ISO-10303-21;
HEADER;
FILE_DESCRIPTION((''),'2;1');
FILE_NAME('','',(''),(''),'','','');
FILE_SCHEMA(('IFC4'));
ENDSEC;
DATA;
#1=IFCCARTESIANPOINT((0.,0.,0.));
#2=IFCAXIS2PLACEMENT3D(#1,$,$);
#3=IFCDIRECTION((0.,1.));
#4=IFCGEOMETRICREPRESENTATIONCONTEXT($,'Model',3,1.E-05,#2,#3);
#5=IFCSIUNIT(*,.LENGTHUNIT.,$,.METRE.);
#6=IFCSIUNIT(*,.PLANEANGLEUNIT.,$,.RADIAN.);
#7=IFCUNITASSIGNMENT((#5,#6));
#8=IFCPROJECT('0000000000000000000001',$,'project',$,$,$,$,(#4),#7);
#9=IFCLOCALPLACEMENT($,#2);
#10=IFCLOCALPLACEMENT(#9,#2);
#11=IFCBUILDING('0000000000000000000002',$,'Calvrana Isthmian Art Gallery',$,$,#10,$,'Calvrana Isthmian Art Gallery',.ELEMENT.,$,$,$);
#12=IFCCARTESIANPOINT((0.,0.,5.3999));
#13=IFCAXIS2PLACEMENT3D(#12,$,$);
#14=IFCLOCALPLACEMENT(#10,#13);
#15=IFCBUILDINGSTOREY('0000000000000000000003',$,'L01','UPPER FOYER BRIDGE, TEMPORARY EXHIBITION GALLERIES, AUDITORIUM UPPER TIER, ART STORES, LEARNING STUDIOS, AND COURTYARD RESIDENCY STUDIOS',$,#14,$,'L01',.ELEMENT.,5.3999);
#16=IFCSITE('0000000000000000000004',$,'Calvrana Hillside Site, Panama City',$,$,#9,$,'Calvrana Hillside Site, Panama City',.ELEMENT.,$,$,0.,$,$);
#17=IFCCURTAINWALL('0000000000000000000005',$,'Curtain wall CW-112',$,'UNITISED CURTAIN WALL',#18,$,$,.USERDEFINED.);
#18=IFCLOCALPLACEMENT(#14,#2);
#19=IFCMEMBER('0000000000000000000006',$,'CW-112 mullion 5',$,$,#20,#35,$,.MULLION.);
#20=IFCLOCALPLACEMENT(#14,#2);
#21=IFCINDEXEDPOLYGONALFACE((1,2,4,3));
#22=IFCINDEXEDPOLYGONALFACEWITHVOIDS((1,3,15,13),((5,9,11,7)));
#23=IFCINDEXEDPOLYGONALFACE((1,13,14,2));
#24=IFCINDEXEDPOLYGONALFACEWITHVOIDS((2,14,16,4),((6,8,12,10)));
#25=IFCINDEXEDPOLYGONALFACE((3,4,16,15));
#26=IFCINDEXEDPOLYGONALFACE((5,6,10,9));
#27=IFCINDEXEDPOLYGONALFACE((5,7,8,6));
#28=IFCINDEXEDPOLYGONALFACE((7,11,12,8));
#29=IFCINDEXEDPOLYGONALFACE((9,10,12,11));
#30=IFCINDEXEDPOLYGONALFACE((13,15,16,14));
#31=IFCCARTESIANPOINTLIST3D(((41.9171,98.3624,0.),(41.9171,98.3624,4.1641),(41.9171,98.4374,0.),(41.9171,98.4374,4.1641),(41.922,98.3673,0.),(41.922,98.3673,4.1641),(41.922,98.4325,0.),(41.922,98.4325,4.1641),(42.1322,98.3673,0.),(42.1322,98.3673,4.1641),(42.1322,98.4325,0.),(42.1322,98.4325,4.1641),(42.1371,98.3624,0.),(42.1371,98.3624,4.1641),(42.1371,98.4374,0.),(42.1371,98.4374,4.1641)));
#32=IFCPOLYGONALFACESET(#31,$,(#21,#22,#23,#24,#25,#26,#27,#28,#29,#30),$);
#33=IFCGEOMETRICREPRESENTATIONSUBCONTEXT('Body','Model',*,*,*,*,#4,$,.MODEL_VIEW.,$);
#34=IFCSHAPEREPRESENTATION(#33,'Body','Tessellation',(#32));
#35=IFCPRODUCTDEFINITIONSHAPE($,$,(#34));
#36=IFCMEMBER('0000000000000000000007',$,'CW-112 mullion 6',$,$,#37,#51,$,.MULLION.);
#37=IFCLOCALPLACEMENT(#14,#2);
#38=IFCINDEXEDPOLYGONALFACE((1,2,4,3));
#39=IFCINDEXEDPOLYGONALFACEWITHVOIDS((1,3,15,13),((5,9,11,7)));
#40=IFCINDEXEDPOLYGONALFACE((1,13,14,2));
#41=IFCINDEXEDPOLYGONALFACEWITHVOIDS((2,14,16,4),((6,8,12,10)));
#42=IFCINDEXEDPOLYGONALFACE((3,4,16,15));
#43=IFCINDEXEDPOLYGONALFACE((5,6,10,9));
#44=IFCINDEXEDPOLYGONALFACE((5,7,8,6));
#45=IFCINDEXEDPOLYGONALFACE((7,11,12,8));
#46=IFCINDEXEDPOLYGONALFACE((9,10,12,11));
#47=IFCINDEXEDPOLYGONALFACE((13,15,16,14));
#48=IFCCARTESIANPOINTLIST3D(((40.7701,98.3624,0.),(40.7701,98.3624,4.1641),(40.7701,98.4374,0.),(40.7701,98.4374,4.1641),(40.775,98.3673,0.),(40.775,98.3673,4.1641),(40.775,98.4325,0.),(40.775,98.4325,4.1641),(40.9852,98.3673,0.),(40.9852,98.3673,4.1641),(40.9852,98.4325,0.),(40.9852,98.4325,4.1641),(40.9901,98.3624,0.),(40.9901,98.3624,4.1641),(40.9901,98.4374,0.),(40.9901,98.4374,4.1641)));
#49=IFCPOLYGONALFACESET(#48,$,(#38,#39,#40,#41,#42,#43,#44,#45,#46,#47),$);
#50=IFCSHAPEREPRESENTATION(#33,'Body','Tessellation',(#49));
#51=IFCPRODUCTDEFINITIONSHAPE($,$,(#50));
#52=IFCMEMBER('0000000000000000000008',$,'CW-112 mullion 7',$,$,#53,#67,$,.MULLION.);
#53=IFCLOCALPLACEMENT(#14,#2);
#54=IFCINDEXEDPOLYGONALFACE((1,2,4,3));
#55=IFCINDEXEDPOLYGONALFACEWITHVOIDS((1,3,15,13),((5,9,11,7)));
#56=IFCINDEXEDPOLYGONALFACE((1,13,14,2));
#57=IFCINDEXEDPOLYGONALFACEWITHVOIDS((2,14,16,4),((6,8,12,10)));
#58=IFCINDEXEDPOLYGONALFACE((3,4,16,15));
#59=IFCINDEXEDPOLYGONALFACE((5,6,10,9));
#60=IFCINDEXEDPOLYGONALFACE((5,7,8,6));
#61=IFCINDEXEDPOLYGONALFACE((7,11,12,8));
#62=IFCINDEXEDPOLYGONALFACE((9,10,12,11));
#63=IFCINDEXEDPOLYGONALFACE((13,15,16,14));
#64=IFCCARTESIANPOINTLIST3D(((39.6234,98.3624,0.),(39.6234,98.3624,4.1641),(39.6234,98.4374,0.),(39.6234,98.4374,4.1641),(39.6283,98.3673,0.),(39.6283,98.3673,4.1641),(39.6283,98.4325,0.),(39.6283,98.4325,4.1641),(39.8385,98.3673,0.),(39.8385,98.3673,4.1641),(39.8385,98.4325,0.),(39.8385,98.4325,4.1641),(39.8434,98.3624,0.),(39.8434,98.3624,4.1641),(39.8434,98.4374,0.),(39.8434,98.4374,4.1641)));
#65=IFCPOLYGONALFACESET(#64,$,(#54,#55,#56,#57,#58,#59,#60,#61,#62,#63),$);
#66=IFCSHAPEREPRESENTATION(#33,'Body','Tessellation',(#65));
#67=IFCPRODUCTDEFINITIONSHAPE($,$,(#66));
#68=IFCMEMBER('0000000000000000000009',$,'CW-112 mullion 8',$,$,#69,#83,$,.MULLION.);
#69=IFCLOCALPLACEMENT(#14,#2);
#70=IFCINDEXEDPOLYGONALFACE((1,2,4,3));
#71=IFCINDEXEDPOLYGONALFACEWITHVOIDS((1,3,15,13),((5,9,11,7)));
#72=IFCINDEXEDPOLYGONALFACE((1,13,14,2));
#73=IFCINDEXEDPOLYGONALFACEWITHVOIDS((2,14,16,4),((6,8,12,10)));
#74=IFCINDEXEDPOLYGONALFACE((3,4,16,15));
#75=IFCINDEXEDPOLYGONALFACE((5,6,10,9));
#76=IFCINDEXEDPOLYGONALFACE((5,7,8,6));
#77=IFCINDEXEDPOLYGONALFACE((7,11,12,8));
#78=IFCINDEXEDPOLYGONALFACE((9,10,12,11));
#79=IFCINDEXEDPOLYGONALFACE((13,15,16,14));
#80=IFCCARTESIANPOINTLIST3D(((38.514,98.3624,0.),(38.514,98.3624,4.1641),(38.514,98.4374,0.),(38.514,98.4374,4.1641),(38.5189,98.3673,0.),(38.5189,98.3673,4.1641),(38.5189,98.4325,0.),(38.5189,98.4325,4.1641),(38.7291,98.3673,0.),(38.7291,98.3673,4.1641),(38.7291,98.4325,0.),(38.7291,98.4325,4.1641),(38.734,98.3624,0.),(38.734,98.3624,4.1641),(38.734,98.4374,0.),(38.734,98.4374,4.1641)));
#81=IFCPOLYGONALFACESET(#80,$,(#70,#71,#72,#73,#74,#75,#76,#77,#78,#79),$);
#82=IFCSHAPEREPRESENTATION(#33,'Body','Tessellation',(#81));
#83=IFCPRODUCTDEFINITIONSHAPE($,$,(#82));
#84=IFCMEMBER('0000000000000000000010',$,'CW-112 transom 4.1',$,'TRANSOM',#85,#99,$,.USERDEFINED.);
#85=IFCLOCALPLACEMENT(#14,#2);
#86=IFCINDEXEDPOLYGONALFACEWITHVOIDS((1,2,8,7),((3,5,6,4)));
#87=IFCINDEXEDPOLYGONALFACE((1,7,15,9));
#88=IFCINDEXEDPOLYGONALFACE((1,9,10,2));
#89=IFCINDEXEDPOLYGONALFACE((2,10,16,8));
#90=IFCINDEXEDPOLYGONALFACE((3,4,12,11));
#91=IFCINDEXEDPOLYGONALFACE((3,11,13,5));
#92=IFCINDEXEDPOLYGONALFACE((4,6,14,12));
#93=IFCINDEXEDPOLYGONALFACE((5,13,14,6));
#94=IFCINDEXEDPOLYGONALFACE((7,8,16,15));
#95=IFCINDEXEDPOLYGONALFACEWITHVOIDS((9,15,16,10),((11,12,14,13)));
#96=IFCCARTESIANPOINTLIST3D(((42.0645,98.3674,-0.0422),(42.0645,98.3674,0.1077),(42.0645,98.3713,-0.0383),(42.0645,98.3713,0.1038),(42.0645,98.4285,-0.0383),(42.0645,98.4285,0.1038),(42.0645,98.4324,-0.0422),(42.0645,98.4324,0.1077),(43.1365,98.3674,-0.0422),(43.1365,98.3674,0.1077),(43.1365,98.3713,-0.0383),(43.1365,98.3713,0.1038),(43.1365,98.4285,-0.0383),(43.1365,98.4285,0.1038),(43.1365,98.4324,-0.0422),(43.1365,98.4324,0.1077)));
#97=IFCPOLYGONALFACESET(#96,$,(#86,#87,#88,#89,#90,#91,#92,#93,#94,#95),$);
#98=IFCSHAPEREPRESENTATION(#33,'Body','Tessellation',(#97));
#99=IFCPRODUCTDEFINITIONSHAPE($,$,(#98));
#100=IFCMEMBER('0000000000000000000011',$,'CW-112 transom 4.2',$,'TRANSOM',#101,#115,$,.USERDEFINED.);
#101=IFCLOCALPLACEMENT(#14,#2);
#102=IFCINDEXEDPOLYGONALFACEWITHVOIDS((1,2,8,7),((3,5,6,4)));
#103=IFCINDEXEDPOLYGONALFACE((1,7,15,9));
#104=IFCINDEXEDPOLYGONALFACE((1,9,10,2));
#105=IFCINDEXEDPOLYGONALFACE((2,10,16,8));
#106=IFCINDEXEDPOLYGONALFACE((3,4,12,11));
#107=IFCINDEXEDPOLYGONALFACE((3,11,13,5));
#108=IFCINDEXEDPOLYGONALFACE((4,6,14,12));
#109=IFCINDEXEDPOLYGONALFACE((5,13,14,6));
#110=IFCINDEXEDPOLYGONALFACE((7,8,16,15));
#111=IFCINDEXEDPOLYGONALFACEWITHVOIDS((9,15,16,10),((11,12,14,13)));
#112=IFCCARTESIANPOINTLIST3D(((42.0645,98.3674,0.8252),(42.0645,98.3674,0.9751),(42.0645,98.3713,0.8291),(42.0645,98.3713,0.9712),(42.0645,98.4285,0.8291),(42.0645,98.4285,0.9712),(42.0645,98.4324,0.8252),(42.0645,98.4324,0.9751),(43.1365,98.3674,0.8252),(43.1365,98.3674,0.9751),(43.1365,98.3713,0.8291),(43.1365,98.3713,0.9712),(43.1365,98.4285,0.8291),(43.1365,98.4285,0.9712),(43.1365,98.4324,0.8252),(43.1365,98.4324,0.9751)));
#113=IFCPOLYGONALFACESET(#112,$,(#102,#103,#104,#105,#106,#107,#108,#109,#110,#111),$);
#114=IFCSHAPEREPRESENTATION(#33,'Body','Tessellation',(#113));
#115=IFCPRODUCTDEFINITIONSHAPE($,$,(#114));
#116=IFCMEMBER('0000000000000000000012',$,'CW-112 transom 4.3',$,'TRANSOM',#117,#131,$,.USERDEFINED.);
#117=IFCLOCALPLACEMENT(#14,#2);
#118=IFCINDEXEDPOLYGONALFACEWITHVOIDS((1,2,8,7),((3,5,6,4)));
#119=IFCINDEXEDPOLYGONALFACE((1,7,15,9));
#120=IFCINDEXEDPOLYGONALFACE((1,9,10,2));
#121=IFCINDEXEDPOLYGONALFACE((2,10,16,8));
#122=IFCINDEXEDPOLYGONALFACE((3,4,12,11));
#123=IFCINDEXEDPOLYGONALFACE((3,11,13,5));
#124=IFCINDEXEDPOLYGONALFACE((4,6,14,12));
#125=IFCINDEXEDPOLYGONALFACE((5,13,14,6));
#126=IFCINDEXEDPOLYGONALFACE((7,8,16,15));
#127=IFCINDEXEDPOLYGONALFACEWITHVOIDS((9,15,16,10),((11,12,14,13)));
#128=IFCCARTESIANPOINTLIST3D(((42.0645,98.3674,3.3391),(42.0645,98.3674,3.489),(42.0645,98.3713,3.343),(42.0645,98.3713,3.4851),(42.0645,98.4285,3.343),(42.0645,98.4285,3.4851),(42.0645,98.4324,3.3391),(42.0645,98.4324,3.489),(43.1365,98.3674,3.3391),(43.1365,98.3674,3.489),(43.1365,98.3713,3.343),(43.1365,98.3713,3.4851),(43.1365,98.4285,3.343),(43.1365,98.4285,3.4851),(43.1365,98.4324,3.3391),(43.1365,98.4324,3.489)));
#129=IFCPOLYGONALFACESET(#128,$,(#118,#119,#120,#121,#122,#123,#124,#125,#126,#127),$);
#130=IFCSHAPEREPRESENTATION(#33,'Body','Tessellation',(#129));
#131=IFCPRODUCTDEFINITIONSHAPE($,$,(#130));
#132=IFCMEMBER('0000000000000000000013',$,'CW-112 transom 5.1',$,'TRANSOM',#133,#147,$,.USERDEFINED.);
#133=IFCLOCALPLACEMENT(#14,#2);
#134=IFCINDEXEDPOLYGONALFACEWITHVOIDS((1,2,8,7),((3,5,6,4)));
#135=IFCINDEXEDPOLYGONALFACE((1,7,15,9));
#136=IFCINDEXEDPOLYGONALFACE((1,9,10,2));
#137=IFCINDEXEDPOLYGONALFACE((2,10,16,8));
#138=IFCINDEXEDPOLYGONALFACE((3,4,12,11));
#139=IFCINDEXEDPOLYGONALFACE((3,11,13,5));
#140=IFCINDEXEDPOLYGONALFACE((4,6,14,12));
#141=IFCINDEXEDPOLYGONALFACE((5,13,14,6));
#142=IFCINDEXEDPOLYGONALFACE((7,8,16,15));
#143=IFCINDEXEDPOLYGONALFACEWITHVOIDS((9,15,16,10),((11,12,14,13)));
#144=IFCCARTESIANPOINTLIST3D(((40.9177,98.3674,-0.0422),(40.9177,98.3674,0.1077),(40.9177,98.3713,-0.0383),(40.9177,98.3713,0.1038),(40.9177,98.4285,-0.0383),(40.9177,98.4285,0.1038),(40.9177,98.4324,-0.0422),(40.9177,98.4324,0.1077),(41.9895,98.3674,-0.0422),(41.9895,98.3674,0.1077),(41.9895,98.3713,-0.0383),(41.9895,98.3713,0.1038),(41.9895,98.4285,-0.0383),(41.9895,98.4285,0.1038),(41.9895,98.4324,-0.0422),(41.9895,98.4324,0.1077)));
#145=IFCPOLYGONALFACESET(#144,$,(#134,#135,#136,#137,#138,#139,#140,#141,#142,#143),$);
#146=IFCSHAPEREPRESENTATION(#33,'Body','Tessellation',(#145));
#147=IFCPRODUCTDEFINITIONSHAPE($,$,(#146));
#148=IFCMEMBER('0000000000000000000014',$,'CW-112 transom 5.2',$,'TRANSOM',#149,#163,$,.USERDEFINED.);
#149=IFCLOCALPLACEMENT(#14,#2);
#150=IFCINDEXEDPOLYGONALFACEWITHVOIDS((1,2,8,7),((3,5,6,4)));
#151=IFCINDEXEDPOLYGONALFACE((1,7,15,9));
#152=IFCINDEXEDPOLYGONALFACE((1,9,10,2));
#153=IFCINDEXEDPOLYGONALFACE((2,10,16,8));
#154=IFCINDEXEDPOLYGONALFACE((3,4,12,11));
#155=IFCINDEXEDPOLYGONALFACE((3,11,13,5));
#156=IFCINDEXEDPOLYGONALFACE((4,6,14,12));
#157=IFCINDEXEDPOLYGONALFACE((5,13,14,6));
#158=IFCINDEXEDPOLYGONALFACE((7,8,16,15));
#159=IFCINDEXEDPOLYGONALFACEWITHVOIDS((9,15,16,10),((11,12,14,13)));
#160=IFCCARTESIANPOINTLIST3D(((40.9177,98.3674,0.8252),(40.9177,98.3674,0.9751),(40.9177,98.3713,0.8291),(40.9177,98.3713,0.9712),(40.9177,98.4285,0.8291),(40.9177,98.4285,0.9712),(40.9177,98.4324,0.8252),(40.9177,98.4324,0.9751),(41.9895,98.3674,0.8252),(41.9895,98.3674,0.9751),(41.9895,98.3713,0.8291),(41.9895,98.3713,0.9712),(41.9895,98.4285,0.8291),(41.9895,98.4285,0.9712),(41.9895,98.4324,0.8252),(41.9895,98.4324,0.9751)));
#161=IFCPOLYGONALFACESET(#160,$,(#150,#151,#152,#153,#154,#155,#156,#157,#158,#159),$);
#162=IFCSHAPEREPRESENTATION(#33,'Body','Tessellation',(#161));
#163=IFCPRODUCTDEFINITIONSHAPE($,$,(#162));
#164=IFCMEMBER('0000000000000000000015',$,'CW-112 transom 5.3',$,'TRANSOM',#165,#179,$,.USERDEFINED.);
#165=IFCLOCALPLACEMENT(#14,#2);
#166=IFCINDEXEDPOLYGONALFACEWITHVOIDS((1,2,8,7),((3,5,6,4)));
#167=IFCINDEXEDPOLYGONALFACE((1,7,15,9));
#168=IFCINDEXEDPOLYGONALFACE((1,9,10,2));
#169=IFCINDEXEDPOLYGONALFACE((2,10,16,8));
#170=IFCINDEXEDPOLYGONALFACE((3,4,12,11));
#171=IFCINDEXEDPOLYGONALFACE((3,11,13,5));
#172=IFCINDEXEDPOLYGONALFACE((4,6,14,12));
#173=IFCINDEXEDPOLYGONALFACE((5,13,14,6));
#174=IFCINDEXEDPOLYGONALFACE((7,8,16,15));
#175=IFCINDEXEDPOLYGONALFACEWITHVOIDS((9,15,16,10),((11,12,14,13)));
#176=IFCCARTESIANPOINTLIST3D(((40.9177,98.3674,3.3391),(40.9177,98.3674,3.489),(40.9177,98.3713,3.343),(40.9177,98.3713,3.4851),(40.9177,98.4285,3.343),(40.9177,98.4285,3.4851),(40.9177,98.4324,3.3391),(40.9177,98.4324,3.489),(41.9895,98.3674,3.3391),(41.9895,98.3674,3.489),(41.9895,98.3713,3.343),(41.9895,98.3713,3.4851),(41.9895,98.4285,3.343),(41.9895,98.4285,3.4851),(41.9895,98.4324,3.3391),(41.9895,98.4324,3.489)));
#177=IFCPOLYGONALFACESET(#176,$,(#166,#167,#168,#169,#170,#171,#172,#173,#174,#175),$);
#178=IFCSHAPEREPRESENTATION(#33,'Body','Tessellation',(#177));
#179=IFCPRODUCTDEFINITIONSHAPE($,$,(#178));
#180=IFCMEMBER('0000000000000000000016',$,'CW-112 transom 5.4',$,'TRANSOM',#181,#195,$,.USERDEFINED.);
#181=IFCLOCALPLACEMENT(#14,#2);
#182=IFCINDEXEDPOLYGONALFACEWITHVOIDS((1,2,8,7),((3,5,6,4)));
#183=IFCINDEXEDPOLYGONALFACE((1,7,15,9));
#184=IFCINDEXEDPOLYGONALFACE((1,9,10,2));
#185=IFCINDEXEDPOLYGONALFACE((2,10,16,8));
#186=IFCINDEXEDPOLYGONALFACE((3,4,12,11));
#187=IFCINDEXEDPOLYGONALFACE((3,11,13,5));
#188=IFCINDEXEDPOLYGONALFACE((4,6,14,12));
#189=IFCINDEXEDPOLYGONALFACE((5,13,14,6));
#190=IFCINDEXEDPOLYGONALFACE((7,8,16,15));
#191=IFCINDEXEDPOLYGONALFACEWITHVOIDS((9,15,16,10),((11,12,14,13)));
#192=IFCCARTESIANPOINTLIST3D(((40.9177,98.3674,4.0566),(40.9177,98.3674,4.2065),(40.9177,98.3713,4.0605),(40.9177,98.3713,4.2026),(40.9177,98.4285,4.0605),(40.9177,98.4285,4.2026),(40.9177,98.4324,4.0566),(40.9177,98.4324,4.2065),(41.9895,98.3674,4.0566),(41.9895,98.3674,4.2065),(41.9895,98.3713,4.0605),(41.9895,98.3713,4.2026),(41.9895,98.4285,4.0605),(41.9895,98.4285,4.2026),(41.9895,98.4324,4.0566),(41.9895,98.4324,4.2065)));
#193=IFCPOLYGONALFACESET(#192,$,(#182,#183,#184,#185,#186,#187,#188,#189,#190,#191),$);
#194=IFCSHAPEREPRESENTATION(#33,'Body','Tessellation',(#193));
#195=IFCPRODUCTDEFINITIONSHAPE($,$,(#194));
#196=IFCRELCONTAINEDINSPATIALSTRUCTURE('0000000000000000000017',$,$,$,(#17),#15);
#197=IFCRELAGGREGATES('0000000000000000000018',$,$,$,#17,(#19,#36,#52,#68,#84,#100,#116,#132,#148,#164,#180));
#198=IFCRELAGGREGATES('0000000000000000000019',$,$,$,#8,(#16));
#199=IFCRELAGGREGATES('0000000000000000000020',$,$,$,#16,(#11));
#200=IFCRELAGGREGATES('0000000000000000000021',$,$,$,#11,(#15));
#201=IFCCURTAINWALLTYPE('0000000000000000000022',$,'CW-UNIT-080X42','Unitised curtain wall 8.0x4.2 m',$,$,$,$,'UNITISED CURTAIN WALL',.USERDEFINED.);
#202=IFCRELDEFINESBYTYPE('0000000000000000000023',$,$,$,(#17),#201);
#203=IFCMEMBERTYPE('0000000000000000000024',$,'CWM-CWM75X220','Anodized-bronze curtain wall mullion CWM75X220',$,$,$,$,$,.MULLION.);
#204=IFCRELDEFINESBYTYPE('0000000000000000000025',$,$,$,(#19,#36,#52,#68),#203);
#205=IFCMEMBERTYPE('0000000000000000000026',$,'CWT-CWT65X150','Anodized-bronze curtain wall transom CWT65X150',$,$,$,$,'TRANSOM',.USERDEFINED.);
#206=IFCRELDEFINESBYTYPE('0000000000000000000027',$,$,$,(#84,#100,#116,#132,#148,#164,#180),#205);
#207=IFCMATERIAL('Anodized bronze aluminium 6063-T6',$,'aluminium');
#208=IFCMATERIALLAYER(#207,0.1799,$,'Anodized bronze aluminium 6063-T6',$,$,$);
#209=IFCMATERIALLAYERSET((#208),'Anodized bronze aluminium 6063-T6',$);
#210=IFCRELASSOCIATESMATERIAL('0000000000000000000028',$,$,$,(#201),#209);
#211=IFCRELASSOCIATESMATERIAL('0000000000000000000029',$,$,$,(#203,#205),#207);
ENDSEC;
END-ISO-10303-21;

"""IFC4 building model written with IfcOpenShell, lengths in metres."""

from ifc_helpers import new_model, si_unit, direction, frame, origin, origin_2d, place, context, subcontext, project, spatial, hollow_rectangle, extrude, material, layer, layer_set, material_profile, profile_set, type_object, element, aggregate, save


model = new_model("IFC4")

# Units and contexts
model_context = context("Model", 3, precision=1e-05, world=origin(), true_north=direction((0.0, 1.0)))
body_context = subcontext(model_context, "Body", "Model", "MODEL_VIEW")
ifc_project = project(units=[si_unit("LENGTHUNIT", "METRE"), si_unit("PLANEANGLEUNIT", "RADIAN")], contexts=[model_context])

# Site, building, storey
site_placement = place(None, origin())
site = spatial("IfcSite", under=ifc_project, at=site_placement, Name="Calvrana Hillside Site, Panama City", LongName="Calvrana Hillside Site, Panama City", CompositionType="ELEMENT", RefElevation=0.0)
building_placement = place(site_placement, origin())
building = spatial("IfcBuilding", under=site, at=building_placement, Name="Calvrana Isthmian Art Gallery", LongName="Calvrana Isthmian Art Gallery", CompositionType="ELEMENT")
storey_placement = place(building_placement, frame((0.0, 0.0, 5.3999)))
storey = spatial("IfcBuildingStorey", under=building, at=storey_placement, Name="L01", Description="UPPER FOYER BRIDGE, TEMPORARY EXHIBITION GALLERIES, AUDITORIUM UPPER TIER, ART STORES, LEARNING STUDIOS, AND COURTYARD RESIDENCY STUDIOS", LongName="L01", CompositionType="ELEMENT", Elevation=5.3999)

# Curtain wall, members
ifc_material_1 = material(Name="Anodized bronze aluminium 6063-T6", Category="aluminium")
ifc_layer_1 = layer(ifc_material_1, 0.1799, Name="Anodized bronze aluminium 6063-T6")
ifc_layer_set_1 = layer_set([ifc_layer_1], Name="Anodized bronze aluminium 6063-T6")
curtain_wall_type = type_object("IfcCurtainWallType", Name="CW-UNIT-080X42", Description="Unitised curtain wall 8.0x4.2 m", ElementType="UNITISED CURTAIN WALL", PredefinedType="USERDEFINED", material=ifc_layer_set_1)
curtain_wall_placement = place(storey_placement, origin())
curtain_wall = element("IfcCurtainWall", 1, at=curtain_wall_placement, inside=storey, type_object=curtain_wall_type, Name="Curtain wall CW-112", ObjectType="UNITISED CURTAIN WALL", PredefinedType="USERDEFINED")
ifc_material_profile_1 = material_profile(ifc_material_1, hollow_rectangle(XDim=0.075, YDim=0.22, WallThickness=0.0049, at=origin_2d()), Name="CWM75X220")
ifc_profile_set_1 = profile_set([ifc_material_profile_1], Name="Anodized bronze aluminium 6063-T6")
member_type_1 = type_object("IfcMemberType", Name="CWM-CWM75X220", Description="Anodized-bronze curtain wall mullion CWM75X220", PredefinedType="MULLION", material=ifc_profile_set_1)
member_1_placement = place(storey_placement, frame((42.0271, 98.3999, 0.0), z_axis=(0.0, 0.0, 1.0), x_axis=(0.0, -1.0, 0.0)))
member_1 = element("IfcMember", 2, at=member_1_placement, type_object=member_type_1, Name="CW-112 mullion 5", PredefinedType="MULLION", context=body_context, shape_type="SweptSolid", body=[
    extrude(hollow_rectangle(XDim=0.075, YDim=0.22, WallThickness=0.0049, at=origin_2d()), origin(), (0.0, 0.0, 1.0), 4.1641),
])
member_2_placement = place(storey_placement, frame((40.8801, 98.3999, 0.0), z_axis=(0.0, 0.0, 1.0), x_axis=(0.0, -1.0, 0.0)))
member_2 = element("IfcMember", 3, at=member_2_placement, type_object=member_type_1, Name="CW-112 mullion 6", PredefinedType="MULLION", context=body_context, shape_type="SweptSolid", body=[
    extrude(hollow_rectangle(XDim=0.075, YDim=0.22, WallThickness=0.0049, at=origin_2d()), origin(), (0.0, 0.0, 1.0), 4.1641),
])
member_3_placement = place(storey_placement, frame((39.7334, 98.3999, 0.0), z_axis=(0.0, 0.0, 1.0), x_axis=(0.0, -1.0, 0.0)))
member_3 = element("IfcMember", 4, at=member_3_placement, type_object=member_type_1, Name="CW-112 mullion 7", PredefinedType="MULLION", context=body_context, shape_type="SweptSolid", body=[
    extrude(hollow_rectangle(XDim=0.075, YDim=0.22, WallThickness=0.0049, at=origin_2d()), origin(), (0.0, 0.0, 1.0), 4.1641),
])
member_4_placement = place(storey_placement, frame((38.624, 98.3999, 0.0), z_axis=(0.0, 0.0, 1.0), x_axis=(0.0, -1.0, 0.0)))
member_4 = element("IfcMember", 5, at=member_4_placement, type_object=member_type_1, Name="CW-112 mullion 8", PredefinedType="MULLION", context=body_context, shape_type="SweptSolid", body=[
    extrude(hollow_rectangle(XDim=0.075, YDim=0.22, WallThickness=0.0049, at=origin_2d()), origin(), (0.0, 0.0, 1.0), 4.1641),
])
ifc_material_profile_2 = material_profile(ifc_material_1, hollow_rectangle(XDim=0.0649, YDim=0.1499, WallThickness=0.0039, at=origin_2d()), Name="CWT65X150")
ifc_profile_set_2 = profile_set([ifc_material_profile_2], Name="Anodized bronze aluminium 6063-T6")
member_type_2 = type_object("IfcMemberType", Name="CWT-CWT65X150", Description="Anodized-bronze curtain wall transom CWT65X150", ElementType="TRANSOM", PredefinedType="USERDEFINED", material=ifc_profile_set_2)
member_5_placement = place(storey_placement, frame((43.1365, 98.3999, 0.0327), z_axis=(-1.0, 0.0, 0.0), x_axis=(0.0, -1.0, 0.0)))
member_5 = element("IfcMember", 6, at=member_5_placement, type_object=member_type_2, Name="CW-112 transom 4.1", ObjectType="TRANSOM", PredefinedType="USERDEFINED", context=body_context, shape_type="SweptSolid", body=[
    extrude(hollow_rectangle(XDim=0.0649, YDim=0.1499, WallThickness=0.0039, at=origin_2d()), origin(), (0.0, 0.0, 1.0), 1.072),
])
member_6_placement = place(storey_placement, frame((43.1365, 98.3999, 0.9001), z_axis=(-1.0, 0.0, 0.0), x_axis=(0.0, -1.0, 0.0)))
member_6 = element("IfcMember", 7, at=member_6_placement, type_object=member_type_2, Name="CW-112 transom 4.2", ObjectType="TRANSOM", PredefinedType="USERDEFINED", context=body_context, shape_type="SweptSolid", body=[
    extrude(hollow_rectangle(XDim=0.0649, YDim=0.1499, WallThickness=0.0039, at=origin_2d()), origin(), (0.0, 0.0, 1.0), 1.072),
])
member_7_placement = place(storey_placement, frame((43.1365, 98.3999, 3.4141), z_axis=(-1.0, 0.0, 0.0), x_axis=(0.0, -1.0, 0.0)))
member_7 = element("IfcMember", 8, at=member_7_placement, type_object=member_type_2, Name="CW-112 transom 4.3", ObjectType="TRANSOM", PredefinedType="USERDEFINED", context=body_context, shape_type="SweptSolid", body=[
    extrude(hollow_rectangle(XDim=0.0649, YDim=0.1499, WallThickness=0.0039, at=origin_2d()), origin(), (0.0, 0.0, 1.0), 1.072),
])
member_8_placement = place(storey_placement, frame((41.9895, 98.3999, 0.0327), z_axis=(-1.0, 0.0, 0.0), x_axis=(0.0, -1.0, 0.0)))
member_8 = element("IfcMember", 9, at=member_8_placement, type_object=member_type_2, Name="CW-112 transom 5.1", ObjectType="TRANSOM", PredefinedType="USERDEFINED", context=body_context, shape_type="SweptSolid", body=[
    extrude(hollow_rectangle(XDim=0.0649, YDim=0.1499, WallThickness=0.0039, at=origin_2d()), origin(), (0.0, 0.0, 1.0), 1.0718),
])
member_9_placement = place(storey_placement, frame((41.9895, 98.3999, 0.9001), z_axis=(-1.0, 0.0, 0.0), x_axis=(0.0, -1.0, 0.0)))
member_9 = element("IfcMember", 10, at=member_9_placement, type_object=member_type_2, Name="CW-112 transom 5.2", ObjectType="TRANSOM", PredefinedType="USERDEFINED", context=body_context, shape_type="SweptSolid", body=[
    extrude(hollow_rectangle(XDim=0.0649, YDim=0.1499, WallThickness=0.0039, at=origin_2d()), origin(), (0.0, 0.0, 1.0), 1.0718),
])
member_10_placement = place(storey_placement, frame((41.9895, 98.3999, 3.4141), z_axis=(-1.0, 0.0, 0.0), x_axis=(0.0, -1.0, 0.0)))
member_10 = element("IfcMember", 11, at=member_10_placement, type_object=member_type_2, Name="CW-112 transom 5.3", ObjectType="TRANSOM", PredefinedType="USERDEFINED", context=body_context, shape_type="SweptSolid", body=[
    extrude(hollow_rectangle(XDim=0.0649, YDim=0.1499, WallThickness=0.0039, at=origin_2d()), origin(), (0.0, 0.0, 1.0), 1.0718),
])
member_11_placement = place(storey_placement, frame((41.9895, 98.3999, 4.1316), z_axis=(-1.0, 0.0, 0.0), x_axis=(0.0, -1.0, 0.0)))
member_11 = element("IfcMember", 12, at=member_11_placement, type_object=member_type_2, Name="CW-112 transom 5.4", ObjectType="TRANSOM", PredefinedType="USERDEFINED", context=body_context, shape_type="SweptSolid", body=[
    extrude(hollow_rectangle(XDim=0.0649, YDim=0.1499, WallThickness=0.0039, at=origin_2d()), origin(), (0.0, 0.0, 1.0), 1.0718),
])
aggregate(curtain_wall, [member_1, member_2, member_3, member_4, member_5, member_6, member_7, member_8, member_9, member_10, member_11])

save(model, "model.ifc")
